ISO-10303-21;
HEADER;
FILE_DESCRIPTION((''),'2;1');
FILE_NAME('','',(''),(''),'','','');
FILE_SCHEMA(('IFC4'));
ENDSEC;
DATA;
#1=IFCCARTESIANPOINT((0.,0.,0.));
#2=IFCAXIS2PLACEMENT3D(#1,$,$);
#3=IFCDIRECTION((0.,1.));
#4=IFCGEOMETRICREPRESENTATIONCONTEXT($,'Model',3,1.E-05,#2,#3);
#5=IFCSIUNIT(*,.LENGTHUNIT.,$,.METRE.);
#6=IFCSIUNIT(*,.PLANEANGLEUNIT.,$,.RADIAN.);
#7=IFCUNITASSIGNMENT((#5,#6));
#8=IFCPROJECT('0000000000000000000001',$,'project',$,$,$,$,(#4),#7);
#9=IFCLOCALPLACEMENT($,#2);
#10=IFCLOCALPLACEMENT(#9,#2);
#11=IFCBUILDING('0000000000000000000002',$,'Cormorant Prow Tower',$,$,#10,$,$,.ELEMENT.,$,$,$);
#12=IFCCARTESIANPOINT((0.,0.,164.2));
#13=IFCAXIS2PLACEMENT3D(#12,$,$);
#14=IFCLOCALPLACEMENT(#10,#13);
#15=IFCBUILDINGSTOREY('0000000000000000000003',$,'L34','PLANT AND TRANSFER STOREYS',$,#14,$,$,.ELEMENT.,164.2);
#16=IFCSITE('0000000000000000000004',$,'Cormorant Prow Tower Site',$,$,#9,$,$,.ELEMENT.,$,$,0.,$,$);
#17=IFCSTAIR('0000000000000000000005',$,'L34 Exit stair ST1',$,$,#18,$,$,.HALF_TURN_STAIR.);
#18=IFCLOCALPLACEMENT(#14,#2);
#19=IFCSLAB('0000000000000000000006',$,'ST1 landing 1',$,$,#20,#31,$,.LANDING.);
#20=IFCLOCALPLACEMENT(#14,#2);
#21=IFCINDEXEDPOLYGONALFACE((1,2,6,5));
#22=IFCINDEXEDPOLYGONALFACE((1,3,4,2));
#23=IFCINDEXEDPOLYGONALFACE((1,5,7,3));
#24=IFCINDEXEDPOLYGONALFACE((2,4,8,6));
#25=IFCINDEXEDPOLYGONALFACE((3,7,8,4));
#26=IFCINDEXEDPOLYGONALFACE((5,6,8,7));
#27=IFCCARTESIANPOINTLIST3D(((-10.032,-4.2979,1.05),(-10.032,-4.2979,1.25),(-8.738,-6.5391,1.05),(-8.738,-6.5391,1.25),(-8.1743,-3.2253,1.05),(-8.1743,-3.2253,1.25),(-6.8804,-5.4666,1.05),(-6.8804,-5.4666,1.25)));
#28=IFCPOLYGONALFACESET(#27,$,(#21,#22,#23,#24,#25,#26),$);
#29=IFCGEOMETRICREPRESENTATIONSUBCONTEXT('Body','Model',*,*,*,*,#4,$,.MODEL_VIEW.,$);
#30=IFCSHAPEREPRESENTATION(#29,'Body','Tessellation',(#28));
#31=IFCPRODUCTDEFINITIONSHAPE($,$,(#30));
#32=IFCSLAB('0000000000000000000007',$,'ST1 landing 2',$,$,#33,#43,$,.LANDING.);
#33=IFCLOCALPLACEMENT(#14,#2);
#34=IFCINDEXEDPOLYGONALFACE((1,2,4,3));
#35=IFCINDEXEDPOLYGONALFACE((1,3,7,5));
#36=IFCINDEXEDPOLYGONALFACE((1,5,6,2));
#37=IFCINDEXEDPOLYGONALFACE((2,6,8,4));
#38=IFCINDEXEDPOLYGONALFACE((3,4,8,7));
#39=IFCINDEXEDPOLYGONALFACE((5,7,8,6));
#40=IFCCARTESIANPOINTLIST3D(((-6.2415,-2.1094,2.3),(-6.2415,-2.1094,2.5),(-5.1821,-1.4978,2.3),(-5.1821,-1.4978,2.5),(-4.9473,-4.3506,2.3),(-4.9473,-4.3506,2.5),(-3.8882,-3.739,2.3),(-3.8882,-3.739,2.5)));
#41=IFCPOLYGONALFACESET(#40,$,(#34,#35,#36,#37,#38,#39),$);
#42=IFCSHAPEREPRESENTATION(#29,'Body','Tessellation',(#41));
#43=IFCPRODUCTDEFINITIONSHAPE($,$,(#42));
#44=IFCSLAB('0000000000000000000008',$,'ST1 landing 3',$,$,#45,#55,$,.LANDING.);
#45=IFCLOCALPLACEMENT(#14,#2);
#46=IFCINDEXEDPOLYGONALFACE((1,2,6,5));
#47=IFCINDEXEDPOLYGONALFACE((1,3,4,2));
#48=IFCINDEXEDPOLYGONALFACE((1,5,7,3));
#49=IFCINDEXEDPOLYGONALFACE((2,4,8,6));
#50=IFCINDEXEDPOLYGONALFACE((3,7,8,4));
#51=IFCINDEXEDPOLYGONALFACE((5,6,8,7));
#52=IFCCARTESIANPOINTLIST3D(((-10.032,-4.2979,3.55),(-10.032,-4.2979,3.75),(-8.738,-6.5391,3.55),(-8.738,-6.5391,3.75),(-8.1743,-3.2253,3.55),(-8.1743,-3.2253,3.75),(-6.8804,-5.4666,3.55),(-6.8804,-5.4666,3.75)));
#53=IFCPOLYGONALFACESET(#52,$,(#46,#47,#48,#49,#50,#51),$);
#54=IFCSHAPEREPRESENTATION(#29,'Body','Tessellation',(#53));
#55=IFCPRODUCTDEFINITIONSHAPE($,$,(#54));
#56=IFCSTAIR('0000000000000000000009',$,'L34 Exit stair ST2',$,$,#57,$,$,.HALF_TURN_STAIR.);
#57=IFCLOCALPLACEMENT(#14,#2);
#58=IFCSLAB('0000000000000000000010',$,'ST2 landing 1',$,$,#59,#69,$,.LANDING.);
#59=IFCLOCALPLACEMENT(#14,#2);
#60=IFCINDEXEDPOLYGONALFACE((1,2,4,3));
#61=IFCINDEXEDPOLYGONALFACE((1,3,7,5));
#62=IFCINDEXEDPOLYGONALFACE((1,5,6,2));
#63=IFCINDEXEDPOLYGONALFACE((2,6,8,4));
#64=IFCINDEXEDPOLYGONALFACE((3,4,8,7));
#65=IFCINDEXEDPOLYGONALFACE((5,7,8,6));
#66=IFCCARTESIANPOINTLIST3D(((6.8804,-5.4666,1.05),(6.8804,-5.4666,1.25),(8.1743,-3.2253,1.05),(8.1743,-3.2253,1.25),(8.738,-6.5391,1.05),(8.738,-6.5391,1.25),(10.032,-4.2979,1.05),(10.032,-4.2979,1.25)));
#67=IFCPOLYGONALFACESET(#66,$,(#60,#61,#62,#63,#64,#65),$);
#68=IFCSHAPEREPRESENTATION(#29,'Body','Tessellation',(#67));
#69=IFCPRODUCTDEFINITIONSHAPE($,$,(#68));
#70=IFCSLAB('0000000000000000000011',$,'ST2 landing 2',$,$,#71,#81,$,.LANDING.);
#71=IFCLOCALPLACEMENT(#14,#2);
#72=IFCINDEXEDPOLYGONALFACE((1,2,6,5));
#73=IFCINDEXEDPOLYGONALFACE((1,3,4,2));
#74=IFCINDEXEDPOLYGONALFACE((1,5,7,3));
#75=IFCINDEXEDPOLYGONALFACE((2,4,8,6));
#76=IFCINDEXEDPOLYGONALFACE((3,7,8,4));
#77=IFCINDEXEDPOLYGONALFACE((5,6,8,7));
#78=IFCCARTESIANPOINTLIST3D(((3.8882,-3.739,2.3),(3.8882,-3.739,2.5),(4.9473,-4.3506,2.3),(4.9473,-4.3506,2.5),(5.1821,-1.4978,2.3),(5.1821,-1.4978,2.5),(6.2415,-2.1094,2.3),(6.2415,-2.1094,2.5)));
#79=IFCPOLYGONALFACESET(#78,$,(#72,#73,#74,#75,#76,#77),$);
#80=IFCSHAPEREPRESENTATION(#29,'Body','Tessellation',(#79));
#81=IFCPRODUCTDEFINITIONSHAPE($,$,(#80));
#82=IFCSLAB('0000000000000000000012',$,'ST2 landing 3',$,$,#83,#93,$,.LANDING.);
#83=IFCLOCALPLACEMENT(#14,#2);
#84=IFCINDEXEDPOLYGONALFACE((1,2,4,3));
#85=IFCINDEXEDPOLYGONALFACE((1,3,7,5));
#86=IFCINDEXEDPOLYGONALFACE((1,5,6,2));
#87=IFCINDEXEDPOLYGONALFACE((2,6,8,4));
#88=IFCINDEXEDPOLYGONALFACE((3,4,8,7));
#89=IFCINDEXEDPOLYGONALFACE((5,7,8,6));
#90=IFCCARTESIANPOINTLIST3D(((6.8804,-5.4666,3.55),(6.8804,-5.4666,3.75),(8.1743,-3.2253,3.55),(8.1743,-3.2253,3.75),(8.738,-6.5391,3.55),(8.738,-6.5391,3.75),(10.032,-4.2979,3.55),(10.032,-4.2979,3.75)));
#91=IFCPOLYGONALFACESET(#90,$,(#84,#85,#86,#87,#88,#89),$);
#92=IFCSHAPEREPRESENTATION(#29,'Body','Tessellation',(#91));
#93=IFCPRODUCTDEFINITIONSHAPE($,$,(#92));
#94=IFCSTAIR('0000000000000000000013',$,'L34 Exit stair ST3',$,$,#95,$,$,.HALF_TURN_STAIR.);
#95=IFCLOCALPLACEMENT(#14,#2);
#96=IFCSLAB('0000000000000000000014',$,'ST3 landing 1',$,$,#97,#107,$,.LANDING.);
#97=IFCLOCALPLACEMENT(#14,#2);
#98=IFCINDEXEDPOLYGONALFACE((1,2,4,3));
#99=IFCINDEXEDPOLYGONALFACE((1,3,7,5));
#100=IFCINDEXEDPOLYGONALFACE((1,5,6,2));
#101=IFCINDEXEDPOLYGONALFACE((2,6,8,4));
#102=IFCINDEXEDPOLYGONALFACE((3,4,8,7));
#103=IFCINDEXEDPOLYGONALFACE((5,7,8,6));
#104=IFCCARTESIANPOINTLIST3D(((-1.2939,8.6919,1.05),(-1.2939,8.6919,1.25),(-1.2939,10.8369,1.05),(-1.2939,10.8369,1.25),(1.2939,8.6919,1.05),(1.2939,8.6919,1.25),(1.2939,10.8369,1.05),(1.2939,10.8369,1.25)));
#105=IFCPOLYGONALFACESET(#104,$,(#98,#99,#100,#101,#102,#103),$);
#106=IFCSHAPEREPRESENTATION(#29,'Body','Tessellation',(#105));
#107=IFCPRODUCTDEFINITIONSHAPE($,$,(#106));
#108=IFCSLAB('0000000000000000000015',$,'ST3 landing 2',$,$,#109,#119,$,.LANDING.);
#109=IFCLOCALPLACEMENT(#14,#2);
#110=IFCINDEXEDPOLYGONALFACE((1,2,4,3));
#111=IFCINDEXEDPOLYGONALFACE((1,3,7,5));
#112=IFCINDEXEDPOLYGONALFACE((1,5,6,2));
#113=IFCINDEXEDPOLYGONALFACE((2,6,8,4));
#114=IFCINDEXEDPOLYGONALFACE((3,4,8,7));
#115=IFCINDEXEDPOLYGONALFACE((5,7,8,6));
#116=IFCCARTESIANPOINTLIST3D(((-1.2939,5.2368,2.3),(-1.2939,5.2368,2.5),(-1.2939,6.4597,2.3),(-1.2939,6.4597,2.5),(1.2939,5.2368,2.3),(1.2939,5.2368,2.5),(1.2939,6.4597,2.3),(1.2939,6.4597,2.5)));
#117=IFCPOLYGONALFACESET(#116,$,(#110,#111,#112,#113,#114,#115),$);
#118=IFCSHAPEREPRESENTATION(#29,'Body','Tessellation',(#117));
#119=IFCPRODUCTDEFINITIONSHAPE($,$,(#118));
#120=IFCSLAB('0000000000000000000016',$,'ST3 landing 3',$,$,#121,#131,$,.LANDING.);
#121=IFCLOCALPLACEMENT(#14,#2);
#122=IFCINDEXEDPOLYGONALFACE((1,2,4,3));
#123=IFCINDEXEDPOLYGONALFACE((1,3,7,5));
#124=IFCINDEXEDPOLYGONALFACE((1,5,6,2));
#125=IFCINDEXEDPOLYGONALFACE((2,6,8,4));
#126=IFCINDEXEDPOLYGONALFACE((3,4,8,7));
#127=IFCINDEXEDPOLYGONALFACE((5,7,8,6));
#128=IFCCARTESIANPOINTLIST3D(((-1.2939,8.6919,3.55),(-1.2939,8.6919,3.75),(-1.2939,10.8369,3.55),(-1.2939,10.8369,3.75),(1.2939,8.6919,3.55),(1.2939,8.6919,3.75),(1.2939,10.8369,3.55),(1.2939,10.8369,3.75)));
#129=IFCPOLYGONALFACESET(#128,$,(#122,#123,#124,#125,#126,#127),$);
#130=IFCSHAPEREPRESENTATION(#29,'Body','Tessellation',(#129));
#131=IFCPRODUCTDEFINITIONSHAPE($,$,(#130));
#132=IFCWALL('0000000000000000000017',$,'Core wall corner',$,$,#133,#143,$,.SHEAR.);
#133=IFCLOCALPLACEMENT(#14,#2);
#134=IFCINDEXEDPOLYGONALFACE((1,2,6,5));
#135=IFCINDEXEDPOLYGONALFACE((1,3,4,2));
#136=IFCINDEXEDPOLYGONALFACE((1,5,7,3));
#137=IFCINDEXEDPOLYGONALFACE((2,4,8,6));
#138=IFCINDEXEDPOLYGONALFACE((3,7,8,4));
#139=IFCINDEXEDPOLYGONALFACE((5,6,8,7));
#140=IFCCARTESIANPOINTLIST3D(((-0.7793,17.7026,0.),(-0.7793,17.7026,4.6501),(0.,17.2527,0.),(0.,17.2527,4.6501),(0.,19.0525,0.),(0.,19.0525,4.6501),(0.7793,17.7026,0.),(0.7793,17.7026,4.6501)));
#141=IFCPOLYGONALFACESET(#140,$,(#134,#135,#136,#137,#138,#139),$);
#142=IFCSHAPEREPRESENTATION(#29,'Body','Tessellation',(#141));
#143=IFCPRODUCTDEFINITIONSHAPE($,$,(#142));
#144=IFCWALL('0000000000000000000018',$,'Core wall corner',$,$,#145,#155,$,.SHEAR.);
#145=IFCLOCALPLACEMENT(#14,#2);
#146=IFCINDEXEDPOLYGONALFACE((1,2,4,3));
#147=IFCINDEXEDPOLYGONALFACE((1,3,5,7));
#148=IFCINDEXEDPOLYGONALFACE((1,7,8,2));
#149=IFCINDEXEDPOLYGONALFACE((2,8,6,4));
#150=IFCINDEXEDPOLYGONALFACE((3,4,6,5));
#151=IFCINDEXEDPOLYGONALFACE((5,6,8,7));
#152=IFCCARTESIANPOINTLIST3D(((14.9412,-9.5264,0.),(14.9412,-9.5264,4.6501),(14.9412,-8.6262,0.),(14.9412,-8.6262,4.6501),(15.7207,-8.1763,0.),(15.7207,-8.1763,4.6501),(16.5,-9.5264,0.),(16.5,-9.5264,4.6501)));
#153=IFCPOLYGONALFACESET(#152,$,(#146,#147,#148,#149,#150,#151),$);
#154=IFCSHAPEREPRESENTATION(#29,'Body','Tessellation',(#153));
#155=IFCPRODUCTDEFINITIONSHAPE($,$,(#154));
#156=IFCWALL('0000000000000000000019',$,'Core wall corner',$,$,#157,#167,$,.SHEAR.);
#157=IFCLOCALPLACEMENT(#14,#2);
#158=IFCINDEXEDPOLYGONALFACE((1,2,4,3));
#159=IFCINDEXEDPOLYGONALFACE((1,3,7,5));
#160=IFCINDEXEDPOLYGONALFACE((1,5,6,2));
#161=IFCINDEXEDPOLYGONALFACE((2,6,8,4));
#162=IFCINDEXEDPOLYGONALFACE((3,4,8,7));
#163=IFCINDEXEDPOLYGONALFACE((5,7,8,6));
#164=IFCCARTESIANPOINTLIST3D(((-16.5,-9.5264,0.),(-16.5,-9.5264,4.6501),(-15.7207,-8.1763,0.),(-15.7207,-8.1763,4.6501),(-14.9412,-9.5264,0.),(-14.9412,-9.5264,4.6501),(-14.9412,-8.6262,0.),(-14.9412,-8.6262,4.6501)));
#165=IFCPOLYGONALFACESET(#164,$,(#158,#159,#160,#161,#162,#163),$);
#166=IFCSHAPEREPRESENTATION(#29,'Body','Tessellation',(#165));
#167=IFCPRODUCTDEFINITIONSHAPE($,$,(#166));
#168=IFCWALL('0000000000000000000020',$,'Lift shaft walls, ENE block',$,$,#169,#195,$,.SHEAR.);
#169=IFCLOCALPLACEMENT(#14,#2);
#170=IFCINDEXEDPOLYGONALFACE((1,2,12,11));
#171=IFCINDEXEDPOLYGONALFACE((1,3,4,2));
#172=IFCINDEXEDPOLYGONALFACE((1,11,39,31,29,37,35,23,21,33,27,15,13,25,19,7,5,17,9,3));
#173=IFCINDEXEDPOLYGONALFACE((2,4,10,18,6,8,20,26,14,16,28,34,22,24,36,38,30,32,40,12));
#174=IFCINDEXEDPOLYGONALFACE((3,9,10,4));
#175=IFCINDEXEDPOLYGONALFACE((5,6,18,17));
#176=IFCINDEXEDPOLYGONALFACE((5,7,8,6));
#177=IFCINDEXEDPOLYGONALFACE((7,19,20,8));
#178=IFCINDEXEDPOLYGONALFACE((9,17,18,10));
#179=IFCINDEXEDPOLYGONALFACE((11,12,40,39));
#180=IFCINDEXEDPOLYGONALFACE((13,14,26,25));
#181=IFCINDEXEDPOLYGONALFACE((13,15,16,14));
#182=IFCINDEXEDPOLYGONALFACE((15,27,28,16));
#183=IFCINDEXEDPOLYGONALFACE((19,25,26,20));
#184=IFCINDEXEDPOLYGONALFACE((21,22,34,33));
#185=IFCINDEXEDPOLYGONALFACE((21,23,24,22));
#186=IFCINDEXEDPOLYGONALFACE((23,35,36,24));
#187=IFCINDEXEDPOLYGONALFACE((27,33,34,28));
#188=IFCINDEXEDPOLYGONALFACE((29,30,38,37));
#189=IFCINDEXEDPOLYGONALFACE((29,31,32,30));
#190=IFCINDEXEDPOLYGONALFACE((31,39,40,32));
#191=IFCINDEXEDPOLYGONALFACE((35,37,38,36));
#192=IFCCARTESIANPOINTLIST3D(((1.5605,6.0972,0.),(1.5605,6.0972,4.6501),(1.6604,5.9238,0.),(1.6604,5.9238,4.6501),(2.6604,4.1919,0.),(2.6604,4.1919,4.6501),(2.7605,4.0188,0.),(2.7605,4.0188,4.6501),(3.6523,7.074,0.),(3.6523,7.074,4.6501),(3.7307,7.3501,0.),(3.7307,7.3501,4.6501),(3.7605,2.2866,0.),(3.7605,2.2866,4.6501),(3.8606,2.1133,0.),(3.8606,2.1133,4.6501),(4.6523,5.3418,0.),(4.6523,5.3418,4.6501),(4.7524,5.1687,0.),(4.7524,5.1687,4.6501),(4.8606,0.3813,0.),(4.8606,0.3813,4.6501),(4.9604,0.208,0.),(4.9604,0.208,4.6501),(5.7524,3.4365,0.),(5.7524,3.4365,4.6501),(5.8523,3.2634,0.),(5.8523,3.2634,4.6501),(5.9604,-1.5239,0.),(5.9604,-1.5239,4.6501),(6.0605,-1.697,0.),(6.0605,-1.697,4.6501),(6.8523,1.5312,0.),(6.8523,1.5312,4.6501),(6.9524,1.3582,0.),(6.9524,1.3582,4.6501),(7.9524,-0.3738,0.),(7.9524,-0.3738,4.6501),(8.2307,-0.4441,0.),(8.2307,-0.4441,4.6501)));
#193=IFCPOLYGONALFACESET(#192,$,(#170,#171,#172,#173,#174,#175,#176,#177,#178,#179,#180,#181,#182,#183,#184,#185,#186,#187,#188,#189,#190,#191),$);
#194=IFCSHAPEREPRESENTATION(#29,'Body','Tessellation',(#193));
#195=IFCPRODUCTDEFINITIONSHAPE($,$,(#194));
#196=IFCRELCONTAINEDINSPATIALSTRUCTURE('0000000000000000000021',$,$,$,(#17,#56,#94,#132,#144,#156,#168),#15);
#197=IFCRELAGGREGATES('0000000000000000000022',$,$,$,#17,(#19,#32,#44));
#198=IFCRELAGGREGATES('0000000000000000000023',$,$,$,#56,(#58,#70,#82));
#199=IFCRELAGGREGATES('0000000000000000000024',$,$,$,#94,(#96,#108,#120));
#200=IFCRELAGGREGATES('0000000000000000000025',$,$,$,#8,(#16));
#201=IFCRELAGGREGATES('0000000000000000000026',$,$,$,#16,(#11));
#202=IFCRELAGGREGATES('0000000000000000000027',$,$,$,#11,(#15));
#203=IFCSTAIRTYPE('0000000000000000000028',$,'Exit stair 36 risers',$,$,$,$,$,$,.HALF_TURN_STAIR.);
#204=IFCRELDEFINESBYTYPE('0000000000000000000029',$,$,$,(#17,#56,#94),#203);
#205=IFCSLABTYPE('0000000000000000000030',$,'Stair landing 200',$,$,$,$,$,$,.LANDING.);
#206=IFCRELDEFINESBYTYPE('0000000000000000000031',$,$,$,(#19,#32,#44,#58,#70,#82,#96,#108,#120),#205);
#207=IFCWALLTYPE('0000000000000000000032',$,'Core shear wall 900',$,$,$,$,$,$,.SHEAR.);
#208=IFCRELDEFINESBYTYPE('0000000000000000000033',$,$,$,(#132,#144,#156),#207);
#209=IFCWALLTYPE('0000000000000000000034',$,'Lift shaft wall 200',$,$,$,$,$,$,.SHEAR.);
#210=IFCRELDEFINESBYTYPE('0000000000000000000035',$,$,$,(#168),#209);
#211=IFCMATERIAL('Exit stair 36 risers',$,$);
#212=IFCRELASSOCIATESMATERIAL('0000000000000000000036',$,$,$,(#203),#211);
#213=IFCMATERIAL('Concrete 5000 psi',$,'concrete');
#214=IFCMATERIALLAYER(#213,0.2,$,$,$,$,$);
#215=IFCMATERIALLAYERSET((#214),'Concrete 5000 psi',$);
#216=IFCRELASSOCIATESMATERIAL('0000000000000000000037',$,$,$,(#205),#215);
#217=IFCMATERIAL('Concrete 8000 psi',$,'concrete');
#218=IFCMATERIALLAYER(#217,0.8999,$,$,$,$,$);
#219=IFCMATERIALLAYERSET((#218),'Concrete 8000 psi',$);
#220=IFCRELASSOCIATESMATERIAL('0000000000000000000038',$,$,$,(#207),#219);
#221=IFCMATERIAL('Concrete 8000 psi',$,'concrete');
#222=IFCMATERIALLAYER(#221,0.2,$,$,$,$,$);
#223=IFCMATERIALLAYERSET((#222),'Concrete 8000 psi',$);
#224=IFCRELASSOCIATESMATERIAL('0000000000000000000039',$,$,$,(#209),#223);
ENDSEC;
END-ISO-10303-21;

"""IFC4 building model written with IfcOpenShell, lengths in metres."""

from ifc_helpers import new_model, si_unit, direction, frame, origin, place, context, subcontext, project, spatial, polyline, outline, extrude, material, layer, layer_set, type_object, element, aggregate, save


model = new_model("IFC4")

# Units and contexts
model_context = context("Model", 3, precision=1e-05, world=origin(), true_north=direction((0.0, 1.0)))
body_context = subcontext(model_context, "Body", "Model", "MODEL_VIEW")
ifc_project = project(units=[si_unit("LENGTHUNIT", "METRE"), si_unit("PLANEANGLEUNIT", "RADIAN")], contexts=[model_context])

# Site, building, storey
site_placement = place(None, origin())
site = spatial("IfcSite", under=ifc_project, at=site_placement, Name="Cormorant Prow Tower Site", CompositionType="ELEMENT", RefElevation=0.0)
building_placement = place(site_placement, origin())
building = spatial("IfcBuilding", under=site, at=building_placement, Name="Cormorant Prow Tower", CompositionType="ELEMENT")
storey_placement = place(building_placement, frame((0.0, 0.0, 164.2)))
storey = spatial("IfcBuildingStorey", under=building, at=storey_placement, Name="L34", Description="PLANT AND TRANSFER STOREYS", CompositionType="ELEMENT", Elevation=164.2)

# Stairs, slabs
ifc_material_1 = material(Name="Exit stair 36 risers")
stair_type = type_object("IfcStairType", Name="Exit stair 36 risers", PredefinedType="HALF_TURN_STAIR", material=ifc_material_1)
stair_1_placement = place(storey_placement, origin())
stair_1 = element("IfcStair", 1, at=stair_1_placement, inside=storey, type_object=stair_type, Name="L34 Exit stair ST1", PredefinedType="HALF_TURN_STAIR")
ifc_material_2 = material(Name="Concrete 5000 psi", Category="concrete")
ifc_layer_1 = layer(ifc_material_2, 0.2)
ifc_layer_set_1 = layer_set([ifc_layer_1], Name="Concrete 5000 psi")
slab_type = type_object("IfcSlabType", Name="Stair landing 200", PredefinedType="LANDING", material=ifc_layer_set_1)
slab_1_placement = place(storey_placement, frame((0.0, 0.0, 1.05)))
slab_1 = element("IfcSlab", 2, at=slab_1_placement, type_object=slab_type, Name="ST1 landing 1", PredefinedType="LANDING", context=body_context, shape_type="SweptSolid", body=[
    extrude(outline(polyline([(-8.1743, -3.2253), (-10.032, -4.2979), (-8.738, -6.5391), (-6.8804, -5.4666), (-8.1743, -3.2253)])), origin(), (0.0, 0.0, 1.0), 0.2),
])
slab_2_placement = place(storey_placement, frame((0.0, 0.0, 2.3)))
slab_2 = element("IfcSlab", 3, at=slab_2_placement, type_object=slab_type, Name="ST1 landing 2", PredefinedType="LANDING", context=body_context, shape_type="SweptSolid", body=[
    extrude(outline(polyline([(-5.1821, -1.4978), (-6.2415, -2.1094), (-4.9473, -4.3506), (-3.8882, -3.739), (-5.1821, -1.4978)])), origin(), (0.0, 0.0, 1.0), 0.2),
])
slab_3_placement = place(storey_placement, frame((0.0, 0.0, 3.55)))
slab_3 = element("IfcSlab", 4, at=slab_3_placement, type_object=slab_type, Name="ST1 landing 3", PredefinedType="LANDING", context=body_context, shape_type="SweptSolid", body=[
    extrude(outline(polyline([(-8.1743, -3.2253), (-10.032, -4.2979), (-8.738, -6.5391), (-6.8804, -5.4666), (-8.1743, -3.2253)])), origin(), (0.0, 0.0, 1.0), 0.2),
])
aggregate(stair_1, [slab_1, slab_2, slab_3])
stair_2_placement = place(storey_placement, origin())
stair_2 = element("IfcStair", 5, at=stair_2_placement, inside=storey, type_object=stair_type, Name="L34 Exit stair ST2", PredefinedType="HALF_TURN_STAIR")
slab_4_placement = place(storey_placement, frame((0.0, 0.0, 1.05)))
slab_4 = element("IfcSlab", 6, at=slab_4_placement, type_object=slab_type, Name="ST2 landing 1", PredefinedType="LANDING", context=body_context, shape_type="SweptSolid", body=[
    extrude(outline(polyline([(6.8804, -5.4666), (8.738, -6.5391), (10.032, -4.2979), (8.1743, -3.2253), (6.8804, -5.4666)])), origin(), (0.0, 0.0, 1.0), 0.2),
])
slab_5_placement = place(storey_placement, frame((0.0, 0.0, 2.3)))
slab_5 = element("IfcSlab", 7, at=slab_5_placement, type_object=slab_type, Name="ST2 landing 2", PredefinedType="LANDING", context=body_context, shape_type="SweptSolid", body=[
    extrude(outline(polyline([(3.8882, -3.739), (4.9473, -4.3506), (6.2415, -2.1094), (5.1821, -1.4978), (3.8882, -3.739)])), origin(), (0.0, 0.0, 1.0), 0.2),
])
slab_6_placement = place(storey_placement, frame((0.0, 0.0, 3.55)))
slab_6 = element("IfcSlab", 8, at=slab_6_placement, type_object=slab_type, Name="ST2 landing 3", PredefinedType="LANDING", context=body_context, shape_type="SweptSolid", body=[
    extrude(outline(polyline([(6.8804, -5.4666), (8.738, -6.5391), (10.032, -4.2979), (8.1743, -3.2253), (6.8804, -5.4666)])), origin(), (0.0, 0.0, 1.0), 0.2),
])
aggregate(stair_2, [slab_4, slab_5, slab_6])
stair_3_placement = place(storey_placement, origin())
stair_3 = element("IfcStair", 9, at=stair_3_placement, inside=storey, type_object=stair_type, Name="L34 Exit stair ST3", PredefinedType="HALF_TURN_STAIR")
slab_7_placement = place(storey_placement, frame((0.0, 0.0, 1.05)))
slab_7 = element("IfcSlab", 10, at=slab_7_placement, type_object=slab_type, Name="ST3 landing 1", PredefinedType="LANDING", context=body_context, shape_type="SweptSolid", body=[
    extrude(outline(polyline([(1.2939, 8.6919), (1.2939, 10.8369), (-1.2939, 10.8369), (-1.2939, 8.6919), (1.2939, 8.6919)])), origin(), (0.0, 0.0, 1.0), 0.2),
])
slab_8_placement = place(storey_placement, frame((0.0, 0.0, 2.3)))
slab_8 = element("IfcSlab", 11, at=slab_8_placement, type_object=slab_type, Name="ST3 landing 2", PredefinedType="LANDING", context=body_context, shape_type="SweptSolid", body=[
    extrude(outline(polyline([(1.2939, 5.2368), (1.2939, 6.4597), (-1.2939, 6.4597), (-1.2939, 5.2368), (1.2939, 5.2368)])), origin(), (0.0, 0.0, 1.0), 0.2),
])
slab_9_placement = place(storey_placement, frame((0.0, 0.0, 3.55)))
slab_9 = element("IfcSlab", 12, at=slab_9_placement, type_object=slab_type, Name="ST3 landing 3", PredefinedType="LANDING", context=body_context, shape_type="SweptSolid", body=[
    extrude(outline(polyline([(1.2939, 8.6919), (1.2939, 10.8369), (-1.2939, 10.8369), (-1.2939, 8.6919), (1.2939, 8.6919)])), origin(), (0.0, 0.0, 1.0), 0.2),
])

# Walls
ifc_material_3 = material(Name="Concrete 8000 psi", Category="concrete")
ifc_layer_2 = layer(ifc_material_3, 0.8999)
ifc_layer_set_2 = layer_set([ifc_layer_2], Name="Concrete 8000 psi")
wall_type_1 = type_object("IfcWallType", Name="Core shear wall 900", PredefinedType="SHEAR", material=ifc_layer_set_2)
wall_1_placement = place(storey_placement, origin())
element("IfcWall", 13, at=wall_1_placement, inside=storey, type_object=wall_type_1, Name="Core wall corner", PredefinedType="SHEAR", context=body_context, shape_type="SweptSolid", body=[
    extrude(outline(polyline([(-0.7793, 17.7026), (0.0, 19.0525), (0.7793, 17.7026), (0.0, 17.2527), (-0.7793, 17.7026)])), origin(), (0.0, 0.0, 1.0), 4.6501),
])
wall_2_placement = place(storey_placement, origin())
element("IfcWall", 14, at=wall_2_placement, inside=storey, type_object=wall_type_1, Name="Core wall corner", PredefinedType="SHEAR", context=body_context, shape_type="SweptSolid", body=[
    extrude(outline(polyline([(14.9412, -8.6262), (15.7207, -8.1763), (16.5, -9.5264), (14.9412, -9.5264), (14.9412, -8.6262)])), origin(), (0.0, 0.0, 1.0), 4.6501),
])
wall_3_placement = place(storey_placement, origin())
element("IfcWall", 15, at=wall_3_placement, inside=storey, type_object=wall_type_1, Name="Core wall corner", PredefinedType="SHEAR", context=body_context, shape_type="SweptSolid", body=[
    extrude(outline(polyline([(-14.9412, -8.6262), (-14.9412, -9.5264), (-16.5, -9.5264), (-15.7207, -8.1763), (-14.9412, -8.6262)])), origin(), (0.0, 0.0, 1.0), 4.6501),
])
ifc_material_4 = material(Name="Concrete 8000 psi", Category="concrete")
ifc_layer_3 = layer(ifc_material_4, 0.2)
ifc_layer_set_3 = layer_set([ifc_layer_3], Name="Concrete 8000 psi")
wall_type_2 = type_object("IfcWallType", Name="Lift shaft wall 200", PredefinedType="SHEAR", material=ifc_layer_set_3)
wall_4_placement = place(storey_placement, origin())
element("IfcWall", 16, at=wall_4_placement, inside=storey, type_object=wall_type_2, Name="Lift shaft walls, ENE block", PredefinedType="SHEAR", context=body_context, shape_type="SweptSolid", body=[
    extrude(outline(polyline([(1.5605, 6.0972), (3.7307, 7.3501), (8.2307, -0.4441), (6.0605, -1.697), (5.9604, -1.5239), (7.9524, -0.3738), (6.9524, 1.3582), (4.9604, 0.208), (4.8606, 0.3813), (6.8523, 1.5312), (5.8523, 3.2634), (3.8606, 2.1133), (3.7605, 2.2866), (5.7524, 3.4365), (4.7524, 5.1687), (2.7605, 4.0188), (2.6604, 4.1919), (4.6523, 5.3418), (3.6523, 7.074), (1.6604, 5.9238), (1.5605, 6.0972)])), origin(), (0.0, 0.0, 1.0), 4.6501),
])

aggregate(stair_3, [slab_7, slab_8, slab_9])

save(model, "model.ifc")
